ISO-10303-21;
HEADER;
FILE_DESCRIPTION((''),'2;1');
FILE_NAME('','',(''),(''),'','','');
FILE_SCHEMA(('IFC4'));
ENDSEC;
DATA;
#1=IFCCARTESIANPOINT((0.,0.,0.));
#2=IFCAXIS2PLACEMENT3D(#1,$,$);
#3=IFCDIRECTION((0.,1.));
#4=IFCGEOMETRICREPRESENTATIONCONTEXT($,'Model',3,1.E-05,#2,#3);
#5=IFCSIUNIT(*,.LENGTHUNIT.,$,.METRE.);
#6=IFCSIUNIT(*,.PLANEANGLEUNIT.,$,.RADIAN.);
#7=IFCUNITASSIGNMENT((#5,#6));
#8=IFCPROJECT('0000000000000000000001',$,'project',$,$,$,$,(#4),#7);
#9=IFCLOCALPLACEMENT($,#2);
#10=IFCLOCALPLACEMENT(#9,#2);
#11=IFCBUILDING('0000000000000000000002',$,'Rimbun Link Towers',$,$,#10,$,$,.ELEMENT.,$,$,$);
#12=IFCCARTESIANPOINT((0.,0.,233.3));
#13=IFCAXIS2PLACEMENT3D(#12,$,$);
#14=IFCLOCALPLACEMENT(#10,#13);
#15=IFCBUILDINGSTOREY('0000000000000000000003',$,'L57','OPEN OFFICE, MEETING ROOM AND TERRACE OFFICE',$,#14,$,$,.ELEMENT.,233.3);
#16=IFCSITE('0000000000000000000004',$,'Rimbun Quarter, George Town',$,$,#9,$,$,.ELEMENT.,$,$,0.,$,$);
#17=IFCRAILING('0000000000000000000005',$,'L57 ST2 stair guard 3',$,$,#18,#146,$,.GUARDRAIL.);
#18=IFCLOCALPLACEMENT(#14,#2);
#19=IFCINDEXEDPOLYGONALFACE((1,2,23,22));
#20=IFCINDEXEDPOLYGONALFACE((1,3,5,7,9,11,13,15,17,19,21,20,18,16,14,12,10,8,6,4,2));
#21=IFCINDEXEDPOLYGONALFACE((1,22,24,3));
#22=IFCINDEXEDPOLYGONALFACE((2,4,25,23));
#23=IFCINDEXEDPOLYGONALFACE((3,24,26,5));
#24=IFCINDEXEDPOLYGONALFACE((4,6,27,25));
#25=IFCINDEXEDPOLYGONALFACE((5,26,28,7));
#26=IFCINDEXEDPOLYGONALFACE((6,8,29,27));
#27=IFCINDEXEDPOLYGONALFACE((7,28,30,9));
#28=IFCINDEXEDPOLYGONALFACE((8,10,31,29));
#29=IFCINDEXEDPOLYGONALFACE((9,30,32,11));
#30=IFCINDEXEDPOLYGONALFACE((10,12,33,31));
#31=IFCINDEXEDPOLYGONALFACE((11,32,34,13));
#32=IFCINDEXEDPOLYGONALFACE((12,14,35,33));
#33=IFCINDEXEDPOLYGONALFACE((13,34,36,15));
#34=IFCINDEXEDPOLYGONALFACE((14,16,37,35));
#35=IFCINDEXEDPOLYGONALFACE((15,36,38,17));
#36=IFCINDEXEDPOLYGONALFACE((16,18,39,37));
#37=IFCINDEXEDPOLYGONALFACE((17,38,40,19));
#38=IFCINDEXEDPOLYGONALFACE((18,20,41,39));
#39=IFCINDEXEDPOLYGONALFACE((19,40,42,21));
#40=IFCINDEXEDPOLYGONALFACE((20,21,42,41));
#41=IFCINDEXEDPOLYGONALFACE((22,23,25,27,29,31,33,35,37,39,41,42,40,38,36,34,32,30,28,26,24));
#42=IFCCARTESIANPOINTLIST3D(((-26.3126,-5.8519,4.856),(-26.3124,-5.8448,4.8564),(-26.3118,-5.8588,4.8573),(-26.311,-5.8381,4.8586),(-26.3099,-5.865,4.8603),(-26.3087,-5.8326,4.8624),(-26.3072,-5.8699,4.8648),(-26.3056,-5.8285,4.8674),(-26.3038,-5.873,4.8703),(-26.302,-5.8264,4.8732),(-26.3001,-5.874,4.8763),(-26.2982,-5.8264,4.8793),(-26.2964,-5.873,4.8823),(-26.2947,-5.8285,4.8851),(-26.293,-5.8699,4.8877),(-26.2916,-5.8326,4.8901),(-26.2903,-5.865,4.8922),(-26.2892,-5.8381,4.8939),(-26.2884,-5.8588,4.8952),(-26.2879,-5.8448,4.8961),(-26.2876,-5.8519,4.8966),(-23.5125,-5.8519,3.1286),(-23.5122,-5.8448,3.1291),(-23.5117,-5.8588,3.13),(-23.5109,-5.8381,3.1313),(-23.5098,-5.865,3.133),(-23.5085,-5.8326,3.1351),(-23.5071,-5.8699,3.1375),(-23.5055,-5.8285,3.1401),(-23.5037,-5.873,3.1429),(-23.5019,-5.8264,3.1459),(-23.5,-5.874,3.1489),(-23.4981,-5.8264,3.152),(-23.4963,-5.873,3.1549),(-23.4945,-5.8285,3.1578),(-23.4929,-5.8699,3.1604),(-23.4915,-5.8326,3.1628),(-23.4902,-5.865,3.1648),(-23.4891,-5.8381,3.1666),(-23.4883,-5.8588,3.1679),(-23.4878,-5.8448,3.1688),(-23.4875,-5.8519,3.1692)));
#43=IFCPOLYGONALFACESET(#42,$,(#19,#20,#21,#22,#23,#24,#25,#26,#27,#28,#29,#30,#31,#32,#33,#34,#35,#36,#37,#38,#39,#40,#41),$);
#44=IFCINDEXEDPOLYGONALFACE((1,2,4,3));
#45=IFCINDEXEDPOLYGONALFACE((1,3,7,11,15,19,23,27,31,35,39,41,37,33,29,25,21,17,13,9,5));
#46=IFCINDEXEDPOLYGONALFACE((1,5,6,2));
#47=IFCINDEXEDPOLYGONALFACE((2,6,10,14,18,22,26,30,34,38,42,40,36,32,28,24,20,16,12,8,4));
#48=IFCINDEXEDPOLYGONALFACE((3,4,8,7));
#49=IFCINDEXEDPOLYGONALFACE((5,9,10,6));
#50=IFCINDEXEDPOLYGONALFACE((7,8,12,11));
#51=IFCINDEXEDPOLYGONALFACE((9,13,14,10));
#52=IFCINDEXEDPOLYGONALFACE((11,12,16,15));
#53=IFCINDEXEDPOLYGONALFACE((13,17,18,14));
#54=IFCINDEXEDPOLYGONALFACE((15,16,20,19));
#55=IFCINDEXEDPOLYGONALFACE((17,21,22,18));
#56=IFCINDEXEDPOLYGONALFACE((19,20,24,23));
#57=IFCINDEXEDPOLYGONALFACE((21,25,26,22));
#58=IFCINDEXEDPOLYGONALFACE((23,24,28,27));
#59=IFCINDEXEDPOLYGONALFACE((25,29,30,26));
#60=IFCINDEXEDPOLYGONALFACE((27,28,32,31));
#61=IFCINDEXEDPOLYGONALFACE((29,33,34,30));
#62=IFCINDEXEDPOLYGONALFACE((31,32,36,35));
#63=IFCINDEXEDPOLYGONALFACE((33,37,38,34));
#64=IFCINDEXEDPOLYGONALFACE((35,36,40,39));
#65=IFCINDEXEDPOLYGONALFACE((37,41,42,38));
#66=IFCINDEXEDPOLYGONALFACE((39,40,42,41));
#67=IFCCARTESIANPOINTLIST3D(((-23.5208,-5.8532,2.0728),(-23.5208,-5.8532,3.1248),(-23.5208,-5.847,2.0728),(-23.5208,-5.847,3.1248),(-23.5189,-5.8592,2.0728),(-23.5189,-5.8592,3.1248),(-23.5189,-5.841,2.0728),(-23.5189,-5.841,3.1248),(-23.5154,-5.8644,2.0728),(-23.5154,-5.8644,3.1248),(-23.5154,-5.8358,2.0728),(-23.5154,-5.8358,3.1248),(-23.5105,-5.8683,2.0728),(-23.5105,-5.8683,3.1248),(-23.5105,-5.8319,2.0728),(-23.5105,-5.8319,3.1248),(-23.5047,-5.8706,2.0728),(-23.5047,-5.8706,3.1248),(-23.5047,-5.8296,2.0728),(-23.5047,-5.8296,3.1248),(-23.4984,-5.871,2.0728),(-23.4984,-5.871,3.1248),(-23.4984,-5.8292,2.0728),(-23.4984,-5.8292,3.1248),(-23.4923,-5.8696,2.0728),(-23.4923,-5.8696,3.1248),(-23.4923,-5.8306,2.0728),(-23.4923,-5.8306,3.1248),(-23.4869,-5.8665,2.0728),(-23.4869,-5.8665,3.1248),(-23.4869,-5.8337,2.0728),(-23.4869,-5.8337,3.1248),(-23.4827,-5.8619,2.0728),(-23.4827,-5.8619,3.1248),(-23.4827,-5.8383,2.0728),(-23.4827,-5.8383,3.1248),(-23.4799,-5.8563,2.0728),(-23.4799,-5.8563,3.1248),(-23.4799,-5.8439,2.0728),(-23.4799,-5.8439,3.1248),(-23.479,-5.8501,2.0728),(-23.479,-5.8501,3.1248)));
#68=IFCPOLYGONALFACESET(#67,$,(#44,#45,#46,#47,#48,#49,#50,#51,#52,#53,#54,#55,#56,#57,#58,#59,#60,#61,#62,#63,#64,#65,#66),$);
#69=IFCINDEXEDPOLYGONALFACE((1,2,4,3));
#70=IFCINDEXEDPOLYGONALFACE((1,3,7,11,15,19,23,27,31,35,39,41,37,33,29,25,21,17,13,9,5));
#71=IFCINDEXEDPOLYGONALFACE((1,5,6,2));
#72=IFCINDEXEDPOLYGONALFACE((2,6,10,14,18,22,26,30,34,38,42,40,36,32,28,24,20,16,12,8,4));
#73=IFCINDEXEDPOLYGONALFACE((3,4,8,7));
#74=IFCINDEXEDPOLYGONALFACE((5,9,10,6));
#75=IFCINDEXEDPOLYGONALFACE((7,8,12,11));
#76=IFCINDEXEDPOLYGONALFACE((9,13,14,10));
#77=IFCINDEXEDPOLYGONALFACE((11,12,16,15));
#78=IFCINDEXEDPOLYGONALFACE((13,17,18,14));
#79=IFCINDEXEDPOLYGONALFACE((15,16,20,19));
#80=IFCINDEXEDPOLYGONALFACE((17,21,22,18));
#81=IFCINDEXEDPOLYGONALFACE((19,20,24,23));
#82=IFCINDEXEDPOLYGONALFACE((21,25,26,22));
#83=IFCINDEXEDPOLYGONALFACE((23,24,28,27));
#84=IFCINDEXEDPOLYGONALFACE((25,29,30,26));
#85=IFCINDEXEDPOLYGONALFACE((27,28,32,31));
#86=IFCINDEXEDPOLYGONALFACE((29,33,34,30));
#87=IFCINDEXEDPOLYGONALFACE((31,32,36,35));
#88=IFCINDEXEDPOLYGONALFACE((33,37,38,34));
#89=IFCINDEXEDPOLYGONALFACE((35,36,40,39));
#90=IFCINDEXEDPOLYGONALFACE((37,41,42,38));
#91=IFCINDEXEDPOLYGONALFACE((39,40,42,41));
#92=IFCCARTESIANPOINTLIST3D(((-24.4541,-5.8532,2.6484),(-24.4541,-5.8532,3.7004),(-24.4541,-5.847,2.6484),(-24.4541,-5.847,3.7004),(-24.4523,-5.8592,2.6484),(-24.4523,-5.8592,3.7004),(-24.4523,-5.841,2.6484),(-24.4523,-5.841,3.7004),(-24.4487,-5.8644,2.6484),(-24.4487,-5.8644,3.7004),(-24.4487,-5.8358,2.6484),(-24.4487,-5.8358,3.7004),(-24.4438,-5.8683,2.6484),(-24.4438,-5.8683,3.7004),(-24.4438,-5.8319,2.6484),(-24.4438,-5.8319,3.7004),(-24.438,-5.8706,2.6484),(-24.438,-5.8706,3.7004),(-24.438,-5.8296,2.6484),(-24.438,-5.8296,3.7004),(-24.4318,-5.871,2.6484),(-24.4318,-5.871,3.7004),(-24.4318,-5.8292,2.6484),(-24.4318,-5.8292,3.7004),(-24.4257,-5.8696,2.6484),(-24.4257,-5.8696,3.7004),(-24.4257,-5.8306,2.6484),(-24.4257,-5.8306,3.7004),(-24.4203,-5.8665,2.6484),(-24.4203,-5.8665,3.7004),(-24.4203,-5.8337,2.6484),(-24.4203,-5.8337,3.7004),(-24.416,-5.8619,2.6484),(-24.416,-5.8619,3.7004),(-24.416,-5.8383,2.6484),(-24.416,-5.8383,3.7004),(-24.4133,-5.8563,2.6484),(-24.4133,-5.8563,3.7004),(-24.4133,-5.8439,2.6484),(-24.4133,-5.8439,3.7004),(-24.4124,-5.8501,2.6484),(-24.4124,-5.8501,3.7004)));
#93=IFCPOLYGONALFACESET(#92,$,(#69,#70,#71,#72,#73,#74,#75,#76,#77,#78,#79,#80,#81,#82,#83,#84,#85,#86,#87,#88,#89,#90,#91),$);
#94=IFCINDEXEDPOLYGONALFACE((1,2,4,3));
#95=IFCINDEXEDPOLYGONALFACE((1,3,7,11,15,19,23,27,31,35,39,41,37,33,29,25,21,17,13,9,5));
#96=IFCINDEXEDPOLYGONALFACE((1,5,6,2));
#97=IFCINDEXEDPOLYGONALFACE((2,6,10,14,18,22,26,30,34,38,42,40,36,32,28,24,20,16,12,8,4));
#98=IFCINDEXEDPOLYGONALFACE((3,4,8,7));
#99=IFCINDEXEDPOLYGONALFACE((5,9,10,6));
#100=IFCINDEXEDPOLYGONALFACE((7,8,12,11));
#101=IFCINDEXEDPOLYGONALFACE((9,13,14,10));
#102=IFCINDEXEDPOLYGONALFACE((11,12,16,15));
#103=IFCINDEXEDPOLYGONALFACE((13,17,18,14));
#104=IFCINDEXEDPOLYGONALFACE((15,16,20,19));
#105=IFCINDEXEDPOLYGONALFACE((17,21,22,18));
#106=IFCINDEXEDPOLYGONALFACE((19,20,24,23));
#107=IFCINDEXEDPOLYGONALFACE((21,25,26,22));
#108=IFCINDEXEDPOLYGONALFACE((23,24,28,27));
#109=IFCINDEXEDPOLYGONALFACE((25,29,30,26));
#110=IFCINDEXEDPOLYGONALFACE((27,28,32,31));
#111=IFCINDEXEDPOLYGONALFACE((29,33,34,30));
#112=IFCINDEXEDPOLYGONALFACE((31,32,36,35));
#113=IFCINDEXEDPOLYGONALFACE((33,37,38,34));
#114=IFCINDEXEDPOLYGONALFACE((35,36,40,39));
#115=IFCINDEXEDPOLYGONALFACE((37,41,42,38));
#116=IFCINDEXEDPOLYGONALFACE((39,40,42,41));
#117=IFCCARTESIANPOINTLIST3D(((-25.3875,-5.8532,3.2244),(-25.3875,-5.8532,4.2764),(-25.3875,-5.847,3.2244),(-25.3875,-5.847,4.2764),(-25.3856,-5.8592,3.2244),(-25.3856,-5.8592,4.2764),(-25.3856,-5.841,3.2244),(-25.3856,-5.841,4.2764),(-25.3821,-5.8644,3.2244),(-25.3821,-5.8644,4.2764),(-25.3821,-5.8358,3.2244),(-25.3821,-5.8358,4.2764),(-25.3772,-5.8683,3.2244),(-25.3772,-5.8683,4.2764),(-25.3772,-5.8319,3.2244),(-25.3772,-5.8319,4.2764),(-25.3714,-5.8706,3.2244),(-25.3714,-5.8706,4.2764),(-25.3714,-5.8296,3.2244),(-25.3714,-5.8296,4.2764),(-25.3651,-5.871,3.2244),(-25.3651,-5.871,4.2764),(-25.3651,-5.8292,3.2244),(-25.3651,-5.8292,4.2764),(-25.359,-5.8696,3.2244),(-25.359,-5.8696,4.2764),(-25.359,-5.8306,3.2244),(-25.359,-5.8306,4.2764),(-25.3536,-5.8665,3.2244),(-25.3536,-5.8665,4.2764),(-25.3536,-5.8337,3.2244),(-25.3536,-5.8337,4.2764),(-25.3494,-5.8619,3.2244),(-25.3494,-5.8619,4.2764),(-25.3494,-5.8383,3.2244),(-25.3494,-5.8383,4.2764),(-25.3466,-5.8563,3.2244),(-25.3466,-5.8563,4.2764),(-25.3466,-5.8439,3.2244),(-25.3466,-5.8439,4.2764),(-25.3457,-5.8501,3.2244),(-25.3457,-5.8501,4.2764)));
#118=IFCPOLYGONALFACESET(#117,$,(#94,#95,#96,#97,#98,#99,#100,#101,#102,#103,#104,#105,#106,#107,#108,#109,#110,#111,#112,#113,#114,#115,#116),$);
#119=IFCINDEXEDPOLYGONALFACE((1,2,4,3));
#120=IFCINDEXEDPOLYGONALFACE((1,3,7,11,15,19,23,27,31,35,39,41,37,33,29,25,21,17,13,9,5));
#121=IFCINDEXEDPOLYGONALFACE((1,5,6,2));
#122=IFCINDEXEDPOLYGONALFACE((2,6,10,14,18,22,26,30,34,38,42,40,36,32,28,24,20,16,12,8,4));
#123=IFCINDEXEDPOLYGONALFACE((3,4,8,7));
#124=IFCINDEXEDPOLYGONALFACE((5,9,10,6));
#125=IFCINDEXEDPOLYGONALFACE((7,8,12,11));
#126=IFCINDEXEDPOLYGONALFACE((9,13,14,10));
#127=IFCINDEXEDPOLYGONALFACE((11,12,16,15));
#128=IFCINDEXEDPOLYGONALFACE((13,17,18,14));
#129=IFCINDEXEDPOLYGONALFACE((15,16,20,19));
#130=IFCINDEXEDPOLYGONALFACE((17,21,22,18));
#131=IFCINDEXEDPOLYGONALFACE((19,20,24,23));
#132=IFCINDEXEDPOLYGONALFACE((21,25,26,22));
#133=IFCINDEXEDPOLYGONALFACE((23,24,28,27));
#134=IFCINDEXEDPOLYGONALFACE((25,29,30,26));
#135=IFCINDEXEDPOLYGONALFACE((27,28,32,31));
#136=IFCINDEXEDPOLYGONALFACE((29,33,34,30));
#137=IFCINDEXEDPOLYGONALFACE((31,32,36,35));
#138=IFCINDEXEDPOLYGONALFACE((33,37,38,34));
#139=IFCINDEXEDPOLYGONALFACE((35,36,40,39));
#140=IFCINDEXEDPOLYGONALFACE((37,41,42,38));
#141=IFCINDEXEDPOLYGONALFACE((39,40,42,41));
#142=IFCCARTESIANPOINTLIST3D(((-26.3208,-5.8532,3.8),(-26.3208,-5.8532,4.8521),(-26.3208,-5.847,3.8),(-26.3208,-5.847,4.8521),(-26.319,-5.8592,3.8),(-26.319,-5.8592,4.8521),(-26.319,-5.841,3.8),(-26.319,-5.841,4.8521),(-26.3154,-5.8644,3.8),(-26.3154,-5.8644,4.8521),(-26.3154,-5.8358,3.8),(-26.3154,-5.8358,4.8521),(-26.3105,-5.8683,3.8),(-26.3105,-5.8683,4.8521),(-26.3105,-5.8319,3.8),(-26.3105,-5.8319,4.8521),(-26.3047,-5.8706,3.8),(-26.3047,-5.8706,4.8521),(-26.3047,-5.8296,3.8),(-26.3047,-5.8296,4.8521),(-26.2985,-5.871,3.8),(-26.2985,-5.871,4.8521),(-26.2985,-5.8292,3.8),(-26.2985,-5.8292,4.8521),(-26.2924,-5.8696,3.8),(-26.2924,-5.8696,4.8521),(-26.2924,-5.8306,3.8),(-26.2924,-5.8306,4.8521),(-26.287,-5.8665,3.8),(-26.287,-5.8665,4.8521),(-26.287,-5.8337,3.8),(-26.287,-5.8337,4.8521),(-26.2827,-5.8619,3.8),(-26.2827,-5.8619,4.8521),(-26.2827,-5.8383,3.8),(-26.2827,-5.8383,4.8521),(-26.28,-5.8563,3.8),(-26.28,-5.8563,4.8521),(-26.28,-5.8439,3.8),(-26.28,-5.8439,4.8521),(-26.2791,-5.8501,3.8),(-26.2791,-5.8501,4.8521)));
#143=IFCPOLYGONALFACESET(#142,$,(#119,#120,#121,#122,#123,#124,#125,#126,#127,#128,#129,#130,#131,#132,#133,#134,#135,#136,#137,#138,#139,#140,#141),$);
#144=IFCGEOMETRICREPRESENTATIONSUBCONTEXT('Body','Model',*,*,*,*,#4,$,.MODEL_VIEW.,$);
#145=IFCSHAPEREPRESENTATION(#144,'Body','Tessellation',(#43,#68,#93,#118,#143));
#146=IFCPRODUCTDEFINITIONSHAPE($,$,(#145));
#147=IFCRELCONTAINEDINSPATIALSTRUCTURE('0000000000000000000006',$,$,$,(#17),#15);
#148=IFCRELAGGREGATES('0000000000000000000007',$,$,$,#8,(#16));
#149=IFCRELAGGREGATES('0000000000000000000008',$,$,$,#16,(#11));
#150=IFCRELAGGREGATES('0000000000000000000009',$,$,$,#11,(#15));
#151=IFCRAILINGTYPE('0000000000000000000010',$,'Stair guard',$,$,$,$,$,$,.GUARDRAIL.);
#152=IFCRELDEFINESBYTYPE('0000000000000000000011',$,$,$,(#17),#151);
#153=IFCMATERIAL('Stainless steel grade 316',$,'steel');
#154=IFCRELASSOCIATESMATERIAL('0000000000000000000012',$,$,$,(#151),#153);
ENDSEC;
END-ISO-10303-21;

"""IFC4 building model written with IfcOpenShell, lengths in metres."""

from ifc_helpers import new_model, si_unit, direction, frame, origin, origin_2d, place, context, subcontext, project, spatial, circle, extrude, material, type_object, element, save


model = new_model("IFC4")

# Units and contexts
model_context = context("Model", 3, precision=1e-05, world=origin(), true_north=direction((0.0, 1.0)))
body_context = subcontext(model_context, "Body", "Model", "MODEL_VIEW")
ifc_project = project(units=[si_unit("LENGTHUNIT", "METRE"), si_unit("PLANEANGLEUNIT", "RADIAN")], contexts=[model_context])

# Site, building, storey
site_placement = place(None, origin())
site = spatial("IfcSite", under=ifc_project, at=site_placement, Name="Rimbun Quarter, George Town", CompositionType="ELEMENT", RefElevation=0.0)
building_placement = place(site_placement, origin())
building = spatial("IfcBuilding", under=site, at=building_placement, Name="Rimbun Link Towers", CompositionType="ELEMENT")
storey_placement = place(building_placement, frame((0.0, 0.0, 233.3)))
storey = spatial("IfcBuildingStorey", under=building, at=storey_placement, Name="L57", Description="OPEN OFFICE, MEETING ROOM AND TERRACE OFFICE", CompositionType="ELEMENT", Elevation=233.3)

# Railing
ifc_material_1 = material(Name="Stainless steel grade 316", Category="steel")
railing_type_1 = type_object("IfcRailingType", Name="Stair guard", PredefinedType="GUARDRAIL", material=ifc_material_1)
railing_1_placement = place(storey_placement, frame((-23.5, -5.8501, 2.0728)))
element("IfcRailing", 1, at=railing_1_placement, inside=storey, type_object=railing_type_1, Name="L57 ST2 stair guard 3", PredefinedType="GUARDRAIL", context=body_context, shape_type="SweptSolid", body=[
    extrude(circle(Radius=0.0239, at=origin_2d()), frame((0.0, 0.0, 1.0762), z_axis=(-0.85109, 0.0, 0.52502), x_axis=(0.0, -1.0, 0.0)), (0.0, 0.0, 1.0), 3.29),
    extrude(circle(Radius=0.021, at=origin_2d()), origin(), (0.0, 0.0, 1.0), 1.052),
    extrude(circle(Radius=0.021, at=origin_2d()), frame((-0.9333, 0.0, 0.5757)), (0.0, 0.0, 1.0), 1.052),
    extrude(circle(Radius=0.021, at=origin_2d()), frame((-1.8667, 0.0, 1.1516)), (0.0, 0.0, 1.0), 1.052),
    extrude(circle(Radius=0.021, at=origin_2d()), frame((-2.8, 0.0, 1.7273)), (0.0, 0.0, 1.0), 1.052),
])

save(model, "model.ifc")
